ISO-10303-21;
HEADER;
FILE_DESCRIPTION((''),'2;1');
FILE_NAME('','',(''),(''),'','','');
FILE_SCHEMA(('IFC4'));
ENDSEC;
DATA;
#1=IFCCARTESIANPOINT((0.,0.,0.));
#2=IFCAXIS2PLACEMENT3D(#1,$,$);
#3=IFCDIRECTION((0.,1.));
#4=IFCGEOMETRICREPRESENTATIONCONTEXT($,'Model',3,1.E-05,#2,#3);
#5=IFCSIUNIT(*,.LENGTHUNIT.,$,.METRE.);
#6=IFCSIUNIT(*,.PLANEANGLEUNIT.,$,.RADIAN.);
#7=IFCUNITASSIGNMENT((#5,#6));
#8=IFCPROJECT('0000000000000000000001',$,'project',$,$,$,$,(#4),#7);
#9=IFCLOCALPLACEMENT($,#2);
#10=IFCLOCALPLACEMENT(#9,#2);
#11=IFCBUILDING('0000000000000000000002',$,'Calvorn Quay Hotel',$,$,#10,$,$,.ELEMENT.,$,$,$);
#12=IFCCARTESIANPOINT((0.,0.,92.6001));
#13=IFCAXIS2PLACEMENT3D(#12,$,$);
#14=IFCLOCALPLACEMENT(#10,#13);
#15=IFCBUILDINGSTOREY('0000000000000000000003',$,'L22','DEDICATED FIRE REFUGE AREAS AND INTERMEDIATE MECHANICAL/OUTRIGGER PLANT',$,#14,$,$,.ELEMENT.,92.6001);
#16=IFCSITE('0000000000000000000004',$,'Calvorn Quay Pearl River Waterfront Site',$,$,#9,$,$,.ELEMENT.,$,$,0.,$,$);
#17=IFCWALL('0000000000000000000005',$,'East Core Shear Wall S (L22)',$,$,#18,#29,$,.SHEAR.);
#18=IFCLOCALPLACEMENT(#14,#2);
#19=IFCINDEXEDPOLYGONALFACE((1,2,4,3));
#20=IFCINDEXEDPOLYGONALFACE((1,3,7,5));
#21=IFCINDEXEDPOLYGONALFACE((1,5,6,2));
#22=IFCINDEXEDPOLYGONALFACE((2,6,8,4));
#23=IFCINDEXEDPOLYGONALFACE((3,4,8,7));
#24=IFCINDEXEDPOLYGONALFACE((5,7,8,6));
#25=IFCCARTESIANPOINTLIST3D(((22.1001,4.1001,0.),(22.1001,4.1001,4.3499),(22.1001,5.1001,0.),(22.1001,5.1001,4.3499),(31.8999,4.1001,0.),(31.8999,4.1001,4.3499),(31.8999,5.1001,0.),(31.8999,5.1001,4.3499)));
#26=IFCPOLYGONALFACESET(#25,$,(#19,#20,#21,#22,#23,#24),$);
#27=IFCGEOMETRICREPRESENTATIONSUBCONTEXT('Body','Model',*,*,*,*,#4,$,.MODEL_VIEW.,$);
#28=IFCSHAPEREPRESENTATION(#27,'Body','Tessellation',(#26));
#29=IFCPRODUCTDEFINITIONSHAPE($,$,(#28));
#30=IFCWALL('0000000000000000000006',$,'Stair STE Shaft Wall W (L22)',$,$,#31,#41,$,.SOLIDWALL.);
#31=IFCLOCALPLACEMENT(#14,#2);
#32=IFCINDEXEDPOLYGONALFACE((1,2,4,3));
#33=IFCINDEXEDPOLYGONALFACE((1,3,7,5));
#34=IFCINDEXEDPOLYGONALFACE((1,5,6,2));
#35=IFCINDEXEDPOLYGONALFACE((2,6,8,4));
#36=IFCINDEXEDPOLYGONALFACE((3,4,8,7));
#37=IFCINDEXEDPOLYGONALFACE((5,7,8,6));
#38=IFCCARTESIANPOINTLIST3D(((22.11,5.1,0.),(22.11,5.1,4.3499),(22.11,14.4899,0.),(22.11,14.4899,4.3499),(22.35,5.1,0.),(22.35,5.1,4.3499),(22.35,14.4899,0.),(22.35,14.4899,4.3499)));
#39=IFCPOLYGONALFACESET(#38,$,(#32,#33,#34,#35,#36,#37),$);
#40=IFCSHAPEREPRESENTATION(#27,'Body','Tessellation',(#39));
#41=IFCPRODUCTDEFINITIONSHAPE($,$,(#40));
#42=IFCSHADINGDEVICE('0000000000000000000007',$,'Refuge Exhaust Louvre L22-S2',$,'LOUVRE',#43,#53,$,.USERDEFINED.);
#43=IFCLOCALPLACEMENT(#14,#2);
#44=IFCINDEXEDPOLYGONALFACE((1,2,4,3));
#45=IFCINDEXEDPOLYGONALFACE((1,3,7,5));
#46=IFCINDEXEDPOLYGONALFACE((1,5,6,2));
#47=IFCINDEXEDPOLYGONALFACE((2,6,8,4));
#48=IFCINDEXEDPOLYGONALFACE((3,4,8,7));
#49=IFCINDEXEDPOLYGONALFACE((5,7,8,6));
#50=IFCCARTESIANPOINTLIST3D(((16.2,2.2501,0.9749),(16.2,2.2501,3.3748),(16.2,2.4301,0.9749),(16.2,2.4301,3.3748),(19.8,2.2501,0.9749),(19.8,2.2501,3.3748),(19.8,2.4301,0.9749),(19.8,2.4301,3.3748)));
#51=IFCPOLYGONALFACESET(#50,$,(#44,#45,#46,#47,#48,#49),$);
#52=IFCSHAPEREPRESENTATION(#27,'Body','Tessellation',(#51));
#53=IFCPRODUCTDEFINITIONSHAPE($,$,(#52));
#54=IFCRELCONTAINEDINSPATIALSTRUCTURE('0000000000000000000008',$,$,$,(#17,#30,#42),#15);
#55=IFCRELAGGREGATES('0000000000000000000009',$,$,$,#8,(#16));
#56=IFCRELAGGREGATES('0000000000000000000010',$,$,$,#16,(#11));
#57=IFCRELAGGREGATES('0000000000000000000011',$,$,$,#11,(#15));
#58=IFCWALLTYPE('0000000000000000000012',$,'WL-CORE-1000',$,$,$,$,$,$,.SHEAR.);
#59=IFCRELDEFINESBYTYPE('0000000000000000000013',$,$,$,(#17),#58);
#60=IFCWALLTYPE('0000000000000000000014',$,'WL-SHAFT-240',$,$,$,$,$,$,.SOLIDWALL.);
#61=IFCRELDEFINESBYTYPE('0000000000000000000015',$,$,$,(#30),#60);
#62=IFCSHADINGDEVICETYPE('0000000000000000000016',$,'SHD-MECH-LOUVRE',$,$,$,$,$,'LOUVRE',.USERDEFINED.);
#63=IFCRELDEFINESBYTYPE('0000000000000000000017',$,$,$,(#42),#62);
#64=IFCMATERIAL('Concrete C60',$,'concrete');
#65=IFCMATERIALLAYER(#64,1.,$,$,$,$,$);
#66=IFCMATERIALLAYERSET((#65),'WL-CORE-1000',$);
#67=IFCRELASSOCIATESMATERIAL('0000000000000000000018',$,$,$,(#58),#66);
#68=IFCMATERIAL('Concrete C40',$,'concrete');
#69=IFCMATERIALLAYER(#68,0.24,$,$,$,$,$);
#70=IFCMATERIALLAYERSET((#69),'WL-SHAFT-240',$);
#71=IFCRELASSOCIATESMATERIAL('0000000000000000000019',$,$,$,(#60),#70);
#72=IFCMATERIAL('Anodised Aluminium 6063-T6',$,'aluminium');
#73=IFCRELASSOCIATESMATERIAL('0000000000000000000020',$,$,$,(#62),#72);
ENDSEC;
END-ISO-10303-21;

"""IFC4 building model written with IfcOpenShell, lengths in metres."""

from ifc_helpers import new_model, si_unit, direction, frame, frame_2d, origin, origin_2d, place, context, subcontext, project, spatial, rectangle, extrude, material, layer, layer_set, type_object, element, save


model = new_model("IFC4")

# Units and contexts
model_context = context("Model", 3, precision=1e-05, world=origin(), true_north=direction((0.0, 1.0)))
body_context = subcontext(model_context, "Body", "Model", "MODEL_VIEW")
ifc_project = project(units=[si_unit("LENGTHUNIT", "METRE"), si_unit("PLANEANGLEUNIT", "RADIAN")], contexts=[model_context])

# Site, building, storey
site_placement = place(None, origin())
site = spatial("IfcSite", under=ifc_project, at=site_placement, Name="Calvorn Quay Pearl River Waterfront Site", CompositionType="ELEMENT", RefElevation=0.0)
building_placement = place(site_placement, origin())
building = spatial("IfcBuilding", under=site, at=building_placement, Name="Calvorn Quay Hotel", CompositionType="ELEMENT")
storey_placement = place(building_placement, frame((0.0, 0.0, 92.6001)))
storey = spatial("IfcBuildingStorey", under=building, at=storey_placement, Name="L22", Description="DEDICATED FIRE REFUGE AREAS AND INTERMEDIATE MECHANICAL/OUTRIGGER PLANT", CompositionType="ELEMENT", Elevation=92.6001)

# Walls
ifc_material_1 = material(Name="Concrete C60", Category="concrete")
ifc_layer_1 = layer(ifc_material_1, 1.0)
ifc_layer_set_1 = layer_set([ifc_layer_1], Name="WL-CORE-1000")
wall_type_1 = type_object("IfcWallType", Name="WL-CORE-1000", PredefinedType="SHEAR", material=ifc_layer_set_1)
wall_1_placement = place(storey_placement, frame((22.1001, 4.6001, 0.0), z_axis=(0.0, 0.0, 1.0), x_axis=(1.0, 0.0, 0.0)))
element("IfcWall", 1, at=wall_1_placement, inside=storey, type_object=wall_type_1, Name="East Core Shear Wall S (L22)", PredefinedType="SHEAR", context=body_context, shape_type="SweptSolid", body=[
    extrude(rectangle(XDim=9.7998, YDim=1.0, at=frame_2d((4.8999, 0.0))), origin(), (0.0, 0.0, 1.0), 4.3499),
])
ifc_material_2 = material(Name="Concrete C40", Category="concrete")
ifc_layer_2 = layer(ifc_material_2, 0.24)
ifc_layer_set_2 = layer_set([ifc_layer_2], Name="WL-SHAFT-240")
wall_type_2 = type_object("IfcWallType", Name="WL-SHAFT-240", PredefinedType="SOLIDWALL", material=ifc_layer_set_2)
wall_2_placement = place(storey_placement, frame((22.23, 5.1001, 0.0), z_axis=(0.0, 0.0, 1.0), x_axis=(0.0, 1.0, 0.0)))
element("IfcWall", 2, at=wall_2_placement, inside=storey, type_object=wall_type_2, Name="Stair STE Shaft Wall W (L22)", PredefinedType="SOLIDWALL", context=body_context, shape_type="SweptSolid", body=[
    extrude(rectangle(XDim=9.3899, YDim=0.24, at=frame_2d((4.6948, 0.0))), origin(), (0.0, 0.0, 1.0), 4.3499),
])

# Shading device
ifc_material_3 = material(Name="Anodised Aluminium 6063-T6", Category="aluminium")
shading_device_type = type_object("IfcShadingDeviceType", Name="SHD-MECH-LOUVRE", ElementType="LOUVRE", PredefinedType="USERDEFINED", material=ifc_material_3)
shading_device_placement = place(storey_placement, frame((18.0, 2.3401, 0.9749), z_axis=(0.0, 0.0, 1.0), x_axis=(1.0, 0.0, 0.0)))
element("IfcShadingDevice", 3, at=shading_device_placement, inside=storey, type_object=shading_device_type, Name="Refuge Exhaust Louvre L22-S2", ObjectType="LOUVRE", PredefinedType="USERDEFINED", context=body_context, shape_type="SweptSolid", body=[
    extrude(rectangle(XDim=3.6001, YDim=0.1799, at=origin_2d()), origin(), (0.0, 0.0, 1.0), 2.3999),
])

save(model, "model.ifc")
